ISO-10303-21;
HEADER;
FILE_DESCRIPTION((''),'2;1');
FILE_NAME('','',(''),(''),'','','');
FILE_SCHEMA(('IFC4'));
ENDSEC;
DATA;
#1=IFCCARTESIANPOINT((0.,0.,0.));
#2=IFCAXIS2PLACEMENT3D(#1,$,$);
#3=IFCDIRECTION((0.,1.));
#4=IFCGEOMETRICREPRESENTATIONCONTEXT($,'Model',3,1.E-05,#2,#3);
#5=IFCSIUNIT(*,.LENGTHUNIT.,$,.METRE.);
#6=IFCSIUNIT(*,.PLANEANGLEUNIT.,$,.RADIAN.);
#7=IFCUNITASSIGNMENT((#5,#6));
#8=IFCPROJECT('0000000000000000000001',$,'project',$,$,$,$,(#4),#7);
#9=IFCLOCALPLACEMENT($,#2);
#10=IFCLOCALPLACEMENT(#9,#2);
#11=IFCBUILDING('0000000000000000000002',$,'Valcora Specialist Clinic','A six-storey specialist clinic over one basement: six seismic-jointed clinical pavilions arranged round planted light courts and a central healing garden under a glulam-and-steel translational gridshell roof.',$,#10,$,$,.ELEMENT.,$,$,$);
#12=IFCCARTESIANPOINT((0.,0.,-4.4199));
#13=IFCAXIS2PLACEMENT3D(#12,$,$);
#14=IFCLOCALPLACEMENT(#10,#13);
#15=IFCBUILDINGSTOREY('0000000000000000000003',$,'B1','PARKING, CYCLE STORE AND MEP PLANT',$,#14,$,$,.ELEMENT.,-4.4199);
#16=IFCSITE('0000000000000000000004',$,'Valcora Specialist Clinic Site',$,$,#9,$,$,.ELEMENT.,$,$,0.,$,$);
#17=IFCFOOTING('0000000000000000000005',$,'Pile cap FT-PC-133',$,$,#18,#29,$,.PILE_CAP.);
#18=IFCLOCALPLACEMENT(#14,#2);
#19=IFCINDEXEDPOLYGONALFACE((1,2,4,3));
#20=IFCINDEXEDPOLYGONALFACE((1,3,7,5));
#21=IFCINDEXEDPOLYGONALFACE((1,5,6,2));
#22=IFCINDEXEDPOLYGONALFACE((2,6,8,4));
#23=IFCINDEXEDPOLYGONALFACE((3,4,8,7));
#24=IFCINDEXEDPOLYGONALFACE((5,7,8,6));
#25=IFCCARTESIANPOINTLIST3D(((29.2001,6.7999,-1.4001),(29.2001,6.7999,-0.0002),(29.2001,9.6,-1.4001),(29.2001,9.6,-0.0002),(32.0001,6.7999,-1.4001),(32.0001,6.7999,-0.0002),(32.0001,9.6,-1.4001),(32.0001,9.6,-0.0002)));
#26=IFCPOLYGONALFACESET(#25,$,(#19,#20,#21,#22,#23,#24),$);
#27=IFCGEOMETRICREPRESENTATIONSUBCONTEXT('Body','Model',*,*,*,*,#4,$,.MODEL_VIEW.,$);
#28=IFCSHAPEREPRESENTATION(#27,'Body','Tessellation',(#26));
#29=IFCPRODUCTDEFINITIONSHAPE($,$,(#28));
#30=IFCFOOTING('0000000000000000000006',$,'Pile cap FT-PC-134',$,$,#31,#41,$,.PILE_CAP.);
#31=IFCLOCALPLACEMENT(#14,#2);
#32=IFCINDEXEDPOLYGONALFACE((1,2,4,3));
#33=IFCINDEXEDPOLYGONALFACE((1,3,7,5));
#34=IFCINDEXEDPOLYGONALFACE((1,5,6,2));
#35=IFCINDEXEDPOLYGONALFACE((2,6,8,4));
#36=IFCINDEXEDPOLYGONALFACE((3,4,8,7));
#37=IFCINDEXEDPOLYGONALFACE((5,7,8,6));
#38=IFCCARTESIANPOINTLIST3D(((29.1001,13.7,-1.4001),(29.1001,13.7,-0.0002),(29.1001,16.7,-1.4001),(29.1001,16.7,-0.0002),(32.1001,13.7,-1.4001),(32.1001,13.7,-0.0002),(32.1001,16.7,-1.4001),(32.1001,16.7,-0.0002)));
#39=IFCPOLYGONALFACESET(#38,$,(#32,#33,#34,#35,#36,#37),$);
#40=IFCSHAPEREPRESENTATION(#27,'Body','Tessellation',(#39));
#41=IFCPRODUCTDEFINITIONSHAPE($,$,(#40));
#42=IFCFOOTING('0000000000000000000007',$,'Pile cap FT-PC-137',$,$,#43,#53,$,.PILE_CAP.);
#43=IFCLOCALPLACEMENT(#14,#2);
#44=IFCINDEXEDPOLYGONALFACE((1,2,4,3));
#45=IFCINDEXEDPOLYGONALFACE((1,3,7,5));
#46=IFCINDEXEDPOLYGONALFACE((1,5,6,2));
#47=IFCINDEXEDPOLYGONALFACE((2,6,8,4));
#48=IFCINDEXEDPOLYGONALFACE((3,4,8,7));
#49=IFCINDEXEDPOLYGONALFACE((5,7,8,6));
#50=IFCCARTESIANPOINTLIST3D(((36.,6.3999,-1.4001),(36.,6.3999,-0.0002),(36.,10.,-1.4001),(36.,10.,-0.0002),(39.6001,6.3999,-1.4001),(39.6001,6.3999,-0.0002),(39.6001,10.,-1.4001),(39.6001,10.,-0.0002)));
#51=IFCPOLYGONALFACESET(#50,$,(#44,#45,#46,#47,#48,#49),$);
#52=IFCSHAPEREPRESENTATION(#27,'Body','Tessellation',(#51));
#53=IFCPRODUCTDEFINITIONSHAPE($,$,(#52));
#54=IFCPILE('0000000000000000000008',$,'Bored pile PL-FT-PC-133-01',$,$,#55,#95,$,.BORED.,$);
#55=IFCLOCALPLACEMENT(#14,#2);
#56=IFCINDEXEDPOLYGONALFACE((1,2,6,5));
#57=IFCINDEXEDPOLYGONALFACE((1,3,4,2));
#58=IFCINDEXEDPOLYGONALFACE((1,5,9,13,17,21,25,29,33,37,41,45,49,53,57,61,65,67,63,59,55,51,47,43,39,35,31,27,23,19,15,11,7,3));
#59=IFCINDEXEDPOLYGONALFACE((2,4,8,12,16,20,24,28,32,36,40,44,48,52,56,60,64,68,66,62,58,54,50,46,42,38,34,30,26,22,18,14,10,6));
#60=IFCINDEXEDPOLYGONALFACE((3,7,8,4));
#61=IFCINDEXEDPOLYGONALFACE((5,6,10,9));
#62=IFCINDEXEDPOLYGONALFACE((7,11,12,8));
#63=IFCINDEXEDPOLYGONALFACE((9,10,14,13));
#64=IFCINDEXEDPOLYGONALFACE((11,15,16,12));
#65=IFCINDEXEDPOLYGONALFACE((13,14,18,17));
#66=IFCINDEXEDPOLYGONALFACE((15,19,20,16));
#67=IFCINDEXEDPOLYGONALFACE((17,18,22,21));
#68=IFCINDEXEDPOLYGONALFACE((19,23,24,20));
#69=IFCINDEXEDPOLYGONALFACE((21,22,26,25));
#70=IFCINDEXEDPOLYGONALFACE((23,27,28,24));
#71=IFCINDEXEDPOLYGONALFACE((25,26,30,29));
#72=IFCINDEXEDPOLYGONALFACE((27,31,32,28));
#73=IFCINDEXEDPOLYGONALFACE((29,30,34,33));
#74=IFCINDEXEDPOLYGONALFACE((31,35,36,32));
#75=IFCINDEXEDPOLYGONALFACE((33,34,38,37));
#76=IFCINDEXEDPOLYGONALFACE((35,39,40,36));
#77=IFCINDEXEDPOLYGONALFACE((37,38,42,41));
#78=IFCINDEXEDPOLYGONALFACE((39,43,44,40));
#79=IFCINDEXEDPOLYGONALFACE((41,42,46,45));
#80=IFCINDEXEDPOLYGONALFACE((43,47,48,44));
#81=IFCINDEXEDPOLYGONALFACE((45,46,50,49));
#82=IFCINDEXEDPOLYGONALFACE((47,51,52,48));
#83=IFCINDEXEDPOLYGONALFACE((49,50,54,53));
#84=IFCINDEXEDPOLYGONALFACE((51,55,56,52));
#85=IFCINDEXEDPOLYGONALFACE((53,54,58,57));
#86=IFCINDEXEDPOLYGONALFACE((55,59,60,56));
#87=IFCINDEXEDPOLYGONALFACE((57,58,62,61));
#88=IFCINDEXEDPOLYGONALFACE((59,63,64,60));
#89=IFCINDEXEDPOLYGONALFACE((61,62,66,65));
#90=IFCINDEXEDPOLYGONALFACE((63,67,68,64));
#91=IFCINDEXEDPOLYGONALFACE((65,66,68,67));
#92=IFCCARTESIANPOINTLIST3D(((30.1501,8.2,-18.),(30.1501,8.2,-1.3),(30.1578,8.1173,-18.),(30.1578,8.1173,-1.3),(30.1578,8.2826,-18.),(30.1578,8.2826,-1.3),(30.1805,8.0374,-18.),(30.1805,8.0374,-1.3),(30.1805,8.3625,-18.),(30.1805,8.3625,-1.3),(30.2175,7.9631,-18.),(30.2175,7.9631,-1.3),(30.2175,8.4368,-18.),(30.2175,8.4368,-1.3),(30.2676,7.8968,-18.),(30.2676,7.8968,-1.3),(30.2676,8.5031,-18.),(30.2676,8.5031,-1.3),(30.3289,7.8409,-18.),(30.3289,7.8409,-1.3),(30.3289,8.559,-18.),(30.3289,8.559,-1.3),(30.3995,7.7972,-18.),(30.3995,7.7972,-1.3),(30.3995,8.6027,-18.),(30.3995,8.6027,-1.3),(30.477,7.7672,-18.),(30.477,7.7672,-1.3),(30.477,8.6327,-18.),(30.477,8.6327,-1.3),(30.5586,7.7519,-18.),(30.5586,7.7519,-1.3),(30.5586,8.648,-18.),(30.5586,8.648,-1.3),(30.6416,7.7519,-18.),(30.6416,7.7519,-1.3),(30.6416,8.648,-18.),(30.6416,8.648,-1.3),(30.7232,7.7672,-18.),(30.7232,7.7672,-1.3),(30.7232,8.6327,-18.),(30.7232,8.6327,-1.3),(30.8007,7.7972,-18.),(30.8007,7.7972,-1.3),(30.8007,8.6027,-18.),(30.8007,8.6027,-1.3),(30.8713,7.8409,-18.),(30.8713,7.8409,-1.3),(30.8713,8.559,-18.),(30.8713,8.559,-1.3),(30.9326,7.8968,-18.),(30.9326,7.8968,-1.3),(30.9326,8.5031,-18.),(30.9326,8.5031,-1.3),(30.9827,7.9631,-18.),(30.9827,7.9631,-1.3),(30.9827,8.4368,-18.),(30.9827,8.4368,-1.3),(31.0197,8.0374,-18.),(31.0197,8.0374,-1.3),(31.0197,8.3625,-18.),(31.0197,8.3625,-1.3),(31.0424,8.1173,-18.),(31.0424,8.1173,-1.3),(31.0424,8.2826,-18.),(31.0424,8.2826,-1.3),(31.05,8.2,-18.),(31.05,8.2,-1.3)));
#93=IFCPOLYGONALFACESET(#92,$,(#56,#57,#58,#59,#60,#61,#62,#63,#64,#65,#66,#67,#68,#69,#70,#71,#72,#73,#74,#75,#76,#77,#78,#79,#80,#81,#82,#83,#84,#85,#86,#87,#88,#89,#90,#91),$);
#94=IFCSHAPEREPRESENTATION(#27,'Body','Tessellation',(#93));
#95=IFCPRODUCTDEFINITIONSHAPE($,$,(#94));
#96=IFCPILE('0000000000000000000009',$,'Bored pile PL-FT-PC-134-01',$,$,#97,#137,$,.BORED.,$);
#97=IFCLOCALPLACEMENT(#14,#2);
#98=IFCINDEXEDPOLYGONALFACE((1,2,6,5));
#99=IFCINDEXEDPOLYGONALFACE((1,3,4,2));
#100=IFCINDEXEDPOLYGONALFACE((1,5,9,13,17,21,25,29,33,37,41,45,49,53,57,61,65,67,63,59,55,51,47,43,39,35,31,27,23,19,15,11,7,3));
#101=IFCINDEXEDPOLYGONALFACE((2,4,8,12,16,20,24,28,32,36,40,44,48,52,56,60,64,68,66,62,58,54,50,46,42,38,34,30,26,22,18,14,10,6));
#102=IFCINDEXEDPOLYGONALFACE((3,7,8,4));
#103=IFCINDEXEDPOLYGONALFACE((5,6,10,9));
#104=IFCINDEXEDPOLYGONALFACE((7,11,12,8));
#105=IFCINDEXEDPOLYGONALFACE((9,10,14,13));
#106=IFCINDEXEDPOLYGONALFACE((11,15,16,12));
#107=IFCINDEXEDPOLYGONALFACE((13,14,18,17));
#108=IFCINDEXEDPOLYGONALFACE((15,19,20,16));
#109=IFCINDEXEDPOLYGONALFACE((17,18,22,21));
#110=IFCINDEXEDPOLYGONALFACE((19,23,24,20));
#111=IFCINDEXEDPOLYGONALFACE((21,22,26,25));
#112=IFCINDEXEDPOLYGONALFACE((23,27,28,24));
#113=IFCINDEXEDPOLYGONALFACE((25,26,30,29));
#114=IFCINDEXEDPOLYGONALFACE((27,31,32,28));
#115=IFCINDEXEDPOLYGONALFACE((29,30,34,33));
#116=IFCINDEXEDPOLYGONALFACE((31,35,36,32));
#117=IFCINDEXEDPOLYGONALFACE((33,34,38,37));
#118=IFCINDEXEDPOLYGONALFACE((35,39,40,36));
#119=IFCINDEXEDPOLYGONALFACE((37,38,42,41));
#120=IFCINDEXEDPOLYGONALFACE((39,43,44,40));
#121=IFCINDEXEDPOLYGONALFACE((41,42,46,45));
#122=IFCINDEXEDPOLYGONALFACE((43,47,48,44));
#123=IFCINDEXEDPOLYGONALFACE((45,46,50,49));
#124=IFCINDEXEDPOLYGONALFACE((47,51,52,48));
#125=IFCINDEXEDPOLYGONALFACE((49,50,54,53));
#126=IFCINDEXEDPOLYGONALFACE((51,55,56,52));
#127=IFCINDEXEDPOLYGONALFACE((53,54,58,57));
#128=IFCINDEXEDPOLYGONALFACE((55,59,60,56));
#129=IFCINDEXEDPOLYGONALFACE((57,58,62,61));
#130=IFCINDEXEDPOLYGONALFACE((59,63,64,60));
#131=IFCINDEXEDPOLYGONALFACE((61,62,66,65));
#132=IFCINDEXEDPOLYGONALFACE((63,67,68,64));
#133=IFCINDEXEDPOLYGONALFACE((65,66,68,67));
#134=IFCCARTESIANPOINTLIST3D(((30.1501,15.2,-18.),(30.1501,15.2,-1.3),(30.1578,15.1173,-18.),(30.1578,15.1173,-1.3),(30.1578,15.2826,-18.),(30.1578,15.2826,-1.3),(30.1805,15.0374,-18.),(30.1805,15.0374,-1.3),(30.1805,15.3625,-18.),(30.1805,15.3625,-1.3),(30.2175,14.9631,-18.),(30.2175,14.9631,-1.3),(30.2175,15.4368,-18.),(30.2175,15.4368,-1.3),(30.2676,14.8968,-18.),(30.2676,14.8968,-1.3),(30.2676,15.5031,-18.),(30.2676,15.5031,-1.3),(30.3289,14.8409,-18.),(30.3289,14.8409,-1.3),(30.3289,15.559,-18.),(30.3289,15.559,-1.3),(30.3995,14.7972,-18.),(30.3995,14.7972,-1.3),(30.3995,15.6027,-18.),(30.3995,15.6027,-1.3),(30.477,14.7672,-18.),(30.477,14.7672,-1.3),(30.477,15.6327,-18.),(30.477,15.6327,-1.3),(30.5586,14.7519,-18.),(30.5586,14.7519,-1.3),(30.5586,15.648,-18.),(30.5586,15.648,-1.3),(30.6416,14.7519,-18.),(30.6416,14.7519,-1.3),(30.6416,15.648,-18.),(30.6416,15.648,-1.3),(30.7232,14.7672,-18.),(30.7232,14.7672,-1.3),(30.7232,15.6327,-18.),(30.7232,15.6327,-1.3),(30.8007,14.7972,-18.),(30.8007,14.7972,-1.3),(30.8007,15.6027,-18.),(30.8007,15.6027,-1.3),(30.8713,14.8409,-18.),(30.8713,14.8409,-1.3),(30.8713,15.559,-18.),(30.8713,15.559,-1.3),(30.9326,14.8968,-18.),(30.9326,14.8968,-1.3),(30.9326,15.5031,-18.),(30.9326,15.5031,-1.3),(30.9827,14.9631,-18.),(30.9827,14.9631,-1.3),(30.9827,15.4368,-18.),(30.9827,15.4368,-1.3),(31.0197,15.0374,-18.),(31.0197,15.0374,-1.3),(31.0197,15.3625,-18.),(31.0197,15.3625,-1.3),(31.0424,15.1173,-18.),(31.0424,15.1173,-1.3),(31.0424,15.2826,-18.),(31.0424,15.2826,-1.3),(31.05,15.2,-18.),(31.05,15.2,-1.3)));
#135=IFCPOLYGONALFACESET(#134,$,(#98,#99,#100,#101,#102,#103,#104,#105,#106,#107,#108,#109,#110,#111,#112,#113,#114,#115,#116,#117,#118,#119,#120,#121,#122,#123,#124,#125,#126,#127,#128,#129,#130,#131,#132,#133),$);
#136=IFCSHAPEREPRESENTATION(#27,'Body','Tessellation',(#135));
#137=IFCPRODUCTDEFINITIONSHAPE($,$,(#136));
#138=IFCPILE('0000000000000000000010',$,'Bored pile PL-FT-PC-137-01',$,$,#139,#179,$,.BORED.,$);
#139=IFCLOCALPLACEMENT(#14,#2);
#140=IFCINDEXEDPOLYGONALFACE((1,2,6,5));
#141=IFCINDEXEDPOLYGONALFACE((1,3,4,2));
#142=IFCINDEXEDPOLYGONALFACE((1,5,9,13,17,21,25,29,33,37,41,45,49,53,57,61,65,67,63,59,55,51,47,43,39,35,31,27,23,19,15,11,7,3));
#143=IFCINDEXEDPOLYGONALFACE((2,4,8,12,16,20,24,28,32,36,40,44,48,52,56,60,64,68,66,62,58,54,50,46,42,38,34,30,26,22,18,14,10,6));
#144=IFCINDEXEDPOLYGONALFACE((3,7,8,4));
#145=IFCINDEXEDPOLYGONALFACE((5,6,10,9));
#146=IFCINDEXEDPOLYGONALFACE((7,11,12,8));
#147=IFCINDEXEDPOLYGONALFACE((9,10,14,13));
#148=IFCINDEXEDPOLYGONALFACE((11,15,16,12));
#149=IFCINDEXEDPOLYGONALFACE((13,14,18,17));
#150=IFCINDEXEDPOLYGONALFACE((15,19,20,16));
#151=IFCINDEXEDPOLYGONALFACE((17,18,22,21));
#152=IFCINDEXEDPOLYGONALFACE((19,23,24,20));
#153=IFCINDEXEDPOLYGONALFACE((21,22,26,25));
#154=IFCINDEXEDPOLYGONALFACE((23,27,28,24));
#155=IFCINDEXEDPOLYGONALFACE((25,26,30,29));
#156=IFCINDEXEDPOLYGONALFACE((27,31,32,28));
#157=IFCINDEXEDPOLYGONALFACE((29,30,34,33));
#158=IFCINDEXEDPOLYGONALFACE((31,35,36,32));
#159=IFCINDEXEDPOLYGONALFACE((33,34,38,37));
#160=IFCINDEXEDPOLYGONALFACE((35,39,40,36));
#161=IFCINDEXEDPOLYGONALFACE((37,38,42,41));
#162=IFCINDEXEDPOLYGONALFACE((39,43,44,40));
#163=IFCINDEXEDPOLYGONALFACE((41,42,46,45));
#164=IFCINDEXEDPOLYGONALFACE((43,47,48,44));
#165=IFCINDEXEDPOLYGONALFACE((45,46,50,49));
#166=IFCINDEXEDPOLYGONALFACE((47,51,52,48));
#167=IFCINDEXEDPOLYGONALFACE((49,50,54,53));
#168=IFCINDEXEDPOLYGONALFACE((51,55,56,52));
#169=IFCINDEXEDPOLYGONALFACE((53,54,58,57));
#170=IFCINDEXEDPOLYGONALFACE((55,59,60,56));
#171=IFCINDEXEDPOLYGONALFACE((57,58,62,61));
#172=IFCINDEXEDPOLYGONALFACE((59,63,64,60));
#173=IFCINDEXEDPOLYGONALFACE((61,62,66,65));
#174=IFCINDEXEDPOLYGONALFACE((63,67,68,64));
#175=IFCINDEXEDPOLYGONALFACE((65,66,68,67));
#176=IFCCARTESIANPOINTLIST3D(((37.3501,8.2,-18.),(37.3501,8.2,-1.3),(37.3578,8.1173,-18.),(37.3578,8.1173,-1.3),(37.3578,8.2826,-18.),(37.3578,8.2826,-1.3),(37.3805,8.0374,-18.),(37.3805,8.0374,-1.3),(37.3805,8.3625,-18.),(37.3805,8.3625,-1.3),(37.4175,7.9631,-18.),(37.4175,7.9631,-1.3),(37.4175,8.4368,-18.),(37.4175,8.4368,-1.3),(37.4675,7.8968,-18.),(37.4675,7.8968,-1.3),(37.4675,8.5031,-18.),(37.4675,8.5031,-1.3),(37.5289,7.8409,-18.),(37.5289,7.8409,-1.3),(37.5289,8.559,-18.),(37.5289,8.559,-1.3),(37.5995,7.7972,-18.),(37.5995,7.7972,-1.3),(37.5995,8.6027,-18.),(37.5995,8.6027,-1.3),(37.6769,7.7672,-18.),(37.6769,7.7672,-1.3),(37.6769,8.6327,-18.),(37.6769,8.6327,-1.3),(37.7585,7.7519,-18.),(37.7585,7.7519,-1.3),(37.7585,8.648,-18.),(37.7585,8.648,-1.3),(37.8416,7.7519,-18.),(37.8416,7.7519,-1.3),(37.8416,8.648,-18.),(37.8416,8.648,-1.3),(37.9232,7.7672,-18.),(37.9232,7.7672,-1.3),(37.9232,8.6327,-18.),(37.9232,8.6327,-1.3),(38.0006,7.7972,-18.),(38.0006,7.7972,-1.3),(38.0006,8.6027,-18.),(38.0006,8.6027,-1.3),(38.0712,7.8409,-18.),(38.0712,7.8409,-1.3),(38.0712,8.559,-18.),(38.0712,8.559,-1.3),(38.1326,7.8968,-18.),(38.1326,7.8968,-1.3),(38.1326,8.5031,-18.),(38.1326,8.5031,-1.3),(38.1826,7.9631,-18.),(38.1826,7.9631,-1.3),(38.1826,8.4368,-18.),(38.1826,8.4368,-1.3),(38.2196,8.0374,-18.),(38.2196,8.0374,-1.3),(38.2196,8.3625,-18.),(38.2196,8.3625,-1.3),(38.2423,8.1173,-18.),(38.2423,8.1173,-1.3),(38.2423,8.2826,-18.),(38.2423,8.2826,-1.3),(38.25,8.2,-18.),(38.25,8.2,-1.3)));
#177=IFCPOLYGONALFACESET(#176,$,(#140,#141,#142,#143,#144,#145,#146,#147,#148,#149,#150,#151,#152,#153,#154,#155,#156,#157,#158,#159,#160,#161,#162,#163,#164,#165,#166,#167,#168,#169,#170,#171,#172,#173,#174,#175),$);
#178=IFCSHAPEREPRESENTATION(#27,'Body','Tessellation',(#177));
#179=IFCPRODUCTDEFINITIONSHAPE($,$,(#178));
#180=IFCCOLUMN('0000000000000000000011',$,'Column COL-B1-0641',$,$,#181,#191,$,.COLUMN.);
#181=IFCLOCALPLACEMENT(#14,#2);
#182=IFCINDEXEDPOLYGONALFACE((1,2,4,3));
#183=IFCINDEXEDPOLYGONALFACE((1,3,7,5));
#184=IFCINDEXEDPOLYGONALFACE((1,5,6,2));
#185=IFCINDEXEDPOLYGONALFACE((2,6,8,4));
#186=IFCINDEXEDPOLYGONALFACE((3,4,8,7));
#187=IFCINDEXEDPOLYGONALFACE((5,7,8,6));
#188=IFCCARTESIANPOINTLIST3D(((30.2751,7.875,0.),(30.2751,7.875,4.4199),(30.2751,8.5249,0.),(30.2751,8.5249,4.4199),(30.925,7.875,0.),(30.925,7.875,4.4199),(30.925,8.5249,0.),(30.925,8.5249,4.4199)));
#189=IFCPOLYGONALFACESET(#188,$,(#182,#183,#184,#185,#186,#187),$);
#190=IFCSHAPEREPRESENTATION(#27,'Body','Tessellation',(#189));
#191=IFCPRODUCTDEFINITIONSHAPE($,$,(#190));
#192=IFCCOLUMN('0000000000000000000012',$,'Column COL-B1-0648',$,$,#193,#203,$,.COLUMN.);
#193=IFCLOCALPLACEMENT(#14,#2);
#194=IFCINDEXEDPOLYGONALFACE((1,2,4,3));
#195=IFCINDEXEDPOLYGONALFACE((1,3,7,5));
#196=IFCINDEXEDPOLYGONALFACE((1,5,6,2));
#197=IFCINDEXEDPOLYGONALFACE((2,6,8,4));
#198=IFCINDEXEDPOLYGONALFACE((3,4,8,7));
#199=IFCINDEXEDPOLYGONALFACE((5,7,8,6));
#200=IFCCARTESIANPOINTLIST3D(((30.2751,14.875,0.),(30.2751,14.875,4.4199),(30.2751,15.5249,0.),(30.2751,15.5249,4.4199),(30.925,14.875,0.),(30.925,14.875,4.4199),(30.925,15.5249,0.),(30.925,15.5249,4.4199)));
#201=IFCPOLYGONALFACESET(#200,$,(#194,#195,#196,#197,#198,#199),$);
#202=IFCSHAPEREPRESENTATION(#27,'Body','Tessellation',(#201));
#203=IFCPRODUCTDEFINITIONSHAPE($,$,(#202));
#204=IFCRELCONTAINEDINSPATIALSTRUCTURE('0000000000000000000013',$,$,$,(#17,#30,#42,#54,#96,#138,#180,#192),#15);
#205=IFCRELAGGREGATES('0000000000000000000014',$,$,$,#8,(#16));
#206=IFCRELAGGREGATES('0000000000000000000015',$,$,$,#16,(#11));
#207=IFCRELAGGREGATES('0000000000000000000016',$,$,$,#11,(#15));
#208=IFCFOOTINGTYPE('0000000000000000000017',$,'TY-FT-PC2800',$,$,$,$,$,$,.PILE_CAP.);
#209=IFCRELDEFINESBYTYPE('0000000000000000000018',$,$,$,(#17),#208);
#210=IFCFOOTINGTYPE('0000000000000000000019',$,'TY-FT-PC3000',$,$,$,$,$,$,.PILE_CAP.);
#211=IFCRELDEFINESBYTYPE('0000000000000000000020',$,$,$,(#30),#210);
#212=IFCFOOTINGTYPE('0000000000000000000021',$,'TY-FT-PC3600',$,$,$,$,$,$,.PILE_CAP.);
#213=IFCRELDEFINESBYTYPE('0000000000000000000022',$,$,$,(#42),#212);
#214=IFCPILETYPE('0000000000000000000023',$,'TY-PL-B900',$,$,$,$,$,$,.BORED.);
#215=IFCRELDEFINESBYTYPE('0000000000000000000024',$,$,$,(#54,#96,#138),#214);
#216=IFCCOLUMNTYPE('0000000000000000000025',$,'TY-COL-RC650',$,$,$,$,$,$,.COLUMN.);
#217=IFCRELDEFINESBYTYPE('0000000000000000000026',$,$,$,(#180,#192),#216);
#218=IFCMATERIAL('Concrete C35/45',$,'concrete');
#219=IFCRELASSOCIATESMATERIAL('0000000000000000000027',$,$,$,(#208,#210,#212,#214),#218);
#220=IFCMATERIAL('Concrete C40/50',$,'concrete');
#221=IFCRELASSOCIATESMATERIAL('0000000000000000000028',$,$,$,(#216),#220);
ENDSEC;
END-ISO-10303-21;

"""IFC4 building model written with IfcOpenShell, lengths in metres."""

from ifc_helpers import new_model, si_unit, direction, frame, origin, origin_2d, place, context, subcontext, project, spatial, rectangle, circle, extrude, material, material_profile, profile_set, type_object, element, save


model = new_model("IFC4")

# Units and contexts
model_context = context("Model", 3, precision=1e-05, world=origin(), true_north=direction((0.0, 1.0)))
body_context = subcontext(model_context, "Body", "Model", "MODEL_VIEW")
ifc_project = project(units=[si_unit("LENGTHUNIT", "METRE"), si_unit("PLANEANGLEUNIT", "RADIAN")], contexts=[model_context])

# Site, building, storey
site_placement = place(None, origin())
site = spatial("IfcSite", under=ifc_project, at=site_placement, Name="Valcora Specialist Clinic Site", CompositionType="ELEMENT", RefElevation=0.0)
building_placement = place(site_placement, origin())
building = spatial("IfcBuilding", under=site, at=building_placement, Name="Valcora Specialist Clinic", Description="A six-storey specialist clinic over one basement: six seismic-jointed clinical pavilions arranged round planted light courts and a central healing garden under a glulam-and-steel translational gridshell roof.", CompositionType="ELEMENT")
storey_placement = place(building_placement, frame((0.0, 0.0, -4.4199)))
storey = spatial("IfcBuildingStorey", under=building, at=storey_placement, Name="B1", Description="PARKING, CYCLE STORE AND MEP PLANT", CompositionType="ELEMENT", Elevation=-4.4199)

# Footings
ifc_material_1 = material(Name="Concrete C35/45", Category="concrete")
footing_type_1 = type_object("IfcFootingType", Name="TY-FT-PC2800", PredefinedType="PILE_CAP", material=ifc_material_1)
footing_1_placement = place(storey_placement, frame((30.6001, 8.2, -1.4001), z_axis=(0.0, 0.0, 1.0), x_axis=(1.0, 0.0, 0.0)))
element("IfcFooting", 1, at=footing_1_placement, inside=storey, type_object=footing_type_1, Name="Pile cap FT-PC-133", PredefinedType="PILE_CAP", context=body_context, shape_type="SweptSolid", body=[
    extrude(rectangle(XDim=2.8, YDim=2.8, at=origin_2d()), origin(), (0.0, 0.0, 1.0), 1.3999),
])
footing_type_2 = type_object("IfcFootingType", Name="TY-FT-PC3000", PredefinedType="PILE_CAP", material=ifc_material_1)
footing_2_placement = place(storey_placement, frame((30.6001, 15.2, -1.4001), z_axis=(0.0, 0.0, 1.0), x_axis=(1.0, 0.0, 0.0)))
element("IfcFooting", 2, at=footing_2_placement, inside=storey, type_object=footing_type_2, Name="Pile cap FT-PC-134", PredefinedType="PILE_CAP", context=body_context, shape_type="SweptSolid", body=[
    extrude(rectangle(XDim=3.0, YDim=3.0, at=origin_2d()), origin(), (0.0, 0.0, 1.0), 1.3999),
])
footing_type_3 = type_object("IfcFootingType", Name="TY-FT-PC3600", PredefinedType="PILE_CAP", material=ifc_material_1)
footing_3_placement = place(storey_placement, frame((37.8, 8.2, -1.4001), z_axis=(0.0, 0.0, 1.0), x_axis=(1.0, 0.0, 0.0)))
element("IfcFooting", 3, at=footing_3_placement, inside=storey, type_object=footing_type_3, Name="Pile cap FT-PC-137", PredefinedType="PILE_CAP", context=body_context, shape_type="SweptSolid", body=[
    extrude(rectangle(XDim=3.6001, YDim=3.6001, at=origin_2d()), origin(), (0.0, 0.0, 1.0), 1.3999),
])

# Piles
ifc_material_profile_1 = material_profile(ifc_material_1, circle(Radius=0.45, at=origin_2d()), Name="RC-PIL-D900")
ifc_profile_set_1 = profile_set([ifc_material_profile_1], Name="Concrete C35/45")
pile_type = type_object("IfcPileType", Name="TY-PL-B900", PredefinedType="BORED", material=ifc_profile_set_1)
for number, where, z_axis, x_axis, name in (
    (4, (30.6001, 8.2, -1.3), (0.0, 0.0, -1.0), (1.0, 0.0, 0.0), "Bored pile PL-FT-PC-133-01"),
    (5, (30.6001, 15.2, -1.3), (0.0, 0.0, -1.0), (1.0, 0.0, 0.0), "Bored pile PL-FT-PC-134-01"),
    (6, (37.8, 8.2, -1.3), (0.0, 0.0, -1.0), (1.0, 0.0, 0.0), "Bored pile PL-FT-PC-137-01"),
):
    element("IfcPile", number, at=place(storey_placement, frame(where, z_axis=z_axis, x_axis=x_axis)), inside=storey, type_object=pile_type, Name=name, PredefinedType="BORED", context=body_context, shape_type="SweptSolid", body=[
        extrude(circle(Radius=0.45, at=origin_2d()), origin(), (0.0, 0.0, 1.0), 16.7),
    ])

# Columns
ifc_material_2 = material(Name="Concrete C40/50", Category="concrete")
ifc_material_profile_2 = material_profile(ifc_material_2, rectangle(XDim=0.6499, YDim=0.6499, at=origin_2d()), Name="RC-COL-650X650")
ifc_profile_set_2 = profile_set([ifc_material_profile_2], Name="Concrete C40/50")
column_type = type_object("IfcColumnType", Name="TY-COL-RC650", PredefinedType="COLUMN", material=ifc_profile_set_2)
for number, where, z_axis, x_axis, name in (
    (7, (30.6001, 8.2, 0.0), (0.0, 0.0, 1.0), (1.0, 0.0, 0.0), "Column COL-B1-0641"),
    (8, (30.6001, 15.2, 0.0), (0.0, 0.0, 1.0), (1.0, 0.0, 0.0), "Column COL-B1-0648"),
):
    element("IfcColumn", number, at=place(storey_placement, frame(where, z_axis=z_axis, x_axis=x_axis)), inside=storey, type_object=column_type, Name=name, PredefinedType="COLUMN", context=body_context, shape_type="SweptSolid", body=[
        extrude(rectangle(XDim=0.6499, YDim=0.6499, at=origin_2d()), origin(), (0.0, 0.0, 1.0), 4.4199),
    ])

save(model, "model.ifc")
